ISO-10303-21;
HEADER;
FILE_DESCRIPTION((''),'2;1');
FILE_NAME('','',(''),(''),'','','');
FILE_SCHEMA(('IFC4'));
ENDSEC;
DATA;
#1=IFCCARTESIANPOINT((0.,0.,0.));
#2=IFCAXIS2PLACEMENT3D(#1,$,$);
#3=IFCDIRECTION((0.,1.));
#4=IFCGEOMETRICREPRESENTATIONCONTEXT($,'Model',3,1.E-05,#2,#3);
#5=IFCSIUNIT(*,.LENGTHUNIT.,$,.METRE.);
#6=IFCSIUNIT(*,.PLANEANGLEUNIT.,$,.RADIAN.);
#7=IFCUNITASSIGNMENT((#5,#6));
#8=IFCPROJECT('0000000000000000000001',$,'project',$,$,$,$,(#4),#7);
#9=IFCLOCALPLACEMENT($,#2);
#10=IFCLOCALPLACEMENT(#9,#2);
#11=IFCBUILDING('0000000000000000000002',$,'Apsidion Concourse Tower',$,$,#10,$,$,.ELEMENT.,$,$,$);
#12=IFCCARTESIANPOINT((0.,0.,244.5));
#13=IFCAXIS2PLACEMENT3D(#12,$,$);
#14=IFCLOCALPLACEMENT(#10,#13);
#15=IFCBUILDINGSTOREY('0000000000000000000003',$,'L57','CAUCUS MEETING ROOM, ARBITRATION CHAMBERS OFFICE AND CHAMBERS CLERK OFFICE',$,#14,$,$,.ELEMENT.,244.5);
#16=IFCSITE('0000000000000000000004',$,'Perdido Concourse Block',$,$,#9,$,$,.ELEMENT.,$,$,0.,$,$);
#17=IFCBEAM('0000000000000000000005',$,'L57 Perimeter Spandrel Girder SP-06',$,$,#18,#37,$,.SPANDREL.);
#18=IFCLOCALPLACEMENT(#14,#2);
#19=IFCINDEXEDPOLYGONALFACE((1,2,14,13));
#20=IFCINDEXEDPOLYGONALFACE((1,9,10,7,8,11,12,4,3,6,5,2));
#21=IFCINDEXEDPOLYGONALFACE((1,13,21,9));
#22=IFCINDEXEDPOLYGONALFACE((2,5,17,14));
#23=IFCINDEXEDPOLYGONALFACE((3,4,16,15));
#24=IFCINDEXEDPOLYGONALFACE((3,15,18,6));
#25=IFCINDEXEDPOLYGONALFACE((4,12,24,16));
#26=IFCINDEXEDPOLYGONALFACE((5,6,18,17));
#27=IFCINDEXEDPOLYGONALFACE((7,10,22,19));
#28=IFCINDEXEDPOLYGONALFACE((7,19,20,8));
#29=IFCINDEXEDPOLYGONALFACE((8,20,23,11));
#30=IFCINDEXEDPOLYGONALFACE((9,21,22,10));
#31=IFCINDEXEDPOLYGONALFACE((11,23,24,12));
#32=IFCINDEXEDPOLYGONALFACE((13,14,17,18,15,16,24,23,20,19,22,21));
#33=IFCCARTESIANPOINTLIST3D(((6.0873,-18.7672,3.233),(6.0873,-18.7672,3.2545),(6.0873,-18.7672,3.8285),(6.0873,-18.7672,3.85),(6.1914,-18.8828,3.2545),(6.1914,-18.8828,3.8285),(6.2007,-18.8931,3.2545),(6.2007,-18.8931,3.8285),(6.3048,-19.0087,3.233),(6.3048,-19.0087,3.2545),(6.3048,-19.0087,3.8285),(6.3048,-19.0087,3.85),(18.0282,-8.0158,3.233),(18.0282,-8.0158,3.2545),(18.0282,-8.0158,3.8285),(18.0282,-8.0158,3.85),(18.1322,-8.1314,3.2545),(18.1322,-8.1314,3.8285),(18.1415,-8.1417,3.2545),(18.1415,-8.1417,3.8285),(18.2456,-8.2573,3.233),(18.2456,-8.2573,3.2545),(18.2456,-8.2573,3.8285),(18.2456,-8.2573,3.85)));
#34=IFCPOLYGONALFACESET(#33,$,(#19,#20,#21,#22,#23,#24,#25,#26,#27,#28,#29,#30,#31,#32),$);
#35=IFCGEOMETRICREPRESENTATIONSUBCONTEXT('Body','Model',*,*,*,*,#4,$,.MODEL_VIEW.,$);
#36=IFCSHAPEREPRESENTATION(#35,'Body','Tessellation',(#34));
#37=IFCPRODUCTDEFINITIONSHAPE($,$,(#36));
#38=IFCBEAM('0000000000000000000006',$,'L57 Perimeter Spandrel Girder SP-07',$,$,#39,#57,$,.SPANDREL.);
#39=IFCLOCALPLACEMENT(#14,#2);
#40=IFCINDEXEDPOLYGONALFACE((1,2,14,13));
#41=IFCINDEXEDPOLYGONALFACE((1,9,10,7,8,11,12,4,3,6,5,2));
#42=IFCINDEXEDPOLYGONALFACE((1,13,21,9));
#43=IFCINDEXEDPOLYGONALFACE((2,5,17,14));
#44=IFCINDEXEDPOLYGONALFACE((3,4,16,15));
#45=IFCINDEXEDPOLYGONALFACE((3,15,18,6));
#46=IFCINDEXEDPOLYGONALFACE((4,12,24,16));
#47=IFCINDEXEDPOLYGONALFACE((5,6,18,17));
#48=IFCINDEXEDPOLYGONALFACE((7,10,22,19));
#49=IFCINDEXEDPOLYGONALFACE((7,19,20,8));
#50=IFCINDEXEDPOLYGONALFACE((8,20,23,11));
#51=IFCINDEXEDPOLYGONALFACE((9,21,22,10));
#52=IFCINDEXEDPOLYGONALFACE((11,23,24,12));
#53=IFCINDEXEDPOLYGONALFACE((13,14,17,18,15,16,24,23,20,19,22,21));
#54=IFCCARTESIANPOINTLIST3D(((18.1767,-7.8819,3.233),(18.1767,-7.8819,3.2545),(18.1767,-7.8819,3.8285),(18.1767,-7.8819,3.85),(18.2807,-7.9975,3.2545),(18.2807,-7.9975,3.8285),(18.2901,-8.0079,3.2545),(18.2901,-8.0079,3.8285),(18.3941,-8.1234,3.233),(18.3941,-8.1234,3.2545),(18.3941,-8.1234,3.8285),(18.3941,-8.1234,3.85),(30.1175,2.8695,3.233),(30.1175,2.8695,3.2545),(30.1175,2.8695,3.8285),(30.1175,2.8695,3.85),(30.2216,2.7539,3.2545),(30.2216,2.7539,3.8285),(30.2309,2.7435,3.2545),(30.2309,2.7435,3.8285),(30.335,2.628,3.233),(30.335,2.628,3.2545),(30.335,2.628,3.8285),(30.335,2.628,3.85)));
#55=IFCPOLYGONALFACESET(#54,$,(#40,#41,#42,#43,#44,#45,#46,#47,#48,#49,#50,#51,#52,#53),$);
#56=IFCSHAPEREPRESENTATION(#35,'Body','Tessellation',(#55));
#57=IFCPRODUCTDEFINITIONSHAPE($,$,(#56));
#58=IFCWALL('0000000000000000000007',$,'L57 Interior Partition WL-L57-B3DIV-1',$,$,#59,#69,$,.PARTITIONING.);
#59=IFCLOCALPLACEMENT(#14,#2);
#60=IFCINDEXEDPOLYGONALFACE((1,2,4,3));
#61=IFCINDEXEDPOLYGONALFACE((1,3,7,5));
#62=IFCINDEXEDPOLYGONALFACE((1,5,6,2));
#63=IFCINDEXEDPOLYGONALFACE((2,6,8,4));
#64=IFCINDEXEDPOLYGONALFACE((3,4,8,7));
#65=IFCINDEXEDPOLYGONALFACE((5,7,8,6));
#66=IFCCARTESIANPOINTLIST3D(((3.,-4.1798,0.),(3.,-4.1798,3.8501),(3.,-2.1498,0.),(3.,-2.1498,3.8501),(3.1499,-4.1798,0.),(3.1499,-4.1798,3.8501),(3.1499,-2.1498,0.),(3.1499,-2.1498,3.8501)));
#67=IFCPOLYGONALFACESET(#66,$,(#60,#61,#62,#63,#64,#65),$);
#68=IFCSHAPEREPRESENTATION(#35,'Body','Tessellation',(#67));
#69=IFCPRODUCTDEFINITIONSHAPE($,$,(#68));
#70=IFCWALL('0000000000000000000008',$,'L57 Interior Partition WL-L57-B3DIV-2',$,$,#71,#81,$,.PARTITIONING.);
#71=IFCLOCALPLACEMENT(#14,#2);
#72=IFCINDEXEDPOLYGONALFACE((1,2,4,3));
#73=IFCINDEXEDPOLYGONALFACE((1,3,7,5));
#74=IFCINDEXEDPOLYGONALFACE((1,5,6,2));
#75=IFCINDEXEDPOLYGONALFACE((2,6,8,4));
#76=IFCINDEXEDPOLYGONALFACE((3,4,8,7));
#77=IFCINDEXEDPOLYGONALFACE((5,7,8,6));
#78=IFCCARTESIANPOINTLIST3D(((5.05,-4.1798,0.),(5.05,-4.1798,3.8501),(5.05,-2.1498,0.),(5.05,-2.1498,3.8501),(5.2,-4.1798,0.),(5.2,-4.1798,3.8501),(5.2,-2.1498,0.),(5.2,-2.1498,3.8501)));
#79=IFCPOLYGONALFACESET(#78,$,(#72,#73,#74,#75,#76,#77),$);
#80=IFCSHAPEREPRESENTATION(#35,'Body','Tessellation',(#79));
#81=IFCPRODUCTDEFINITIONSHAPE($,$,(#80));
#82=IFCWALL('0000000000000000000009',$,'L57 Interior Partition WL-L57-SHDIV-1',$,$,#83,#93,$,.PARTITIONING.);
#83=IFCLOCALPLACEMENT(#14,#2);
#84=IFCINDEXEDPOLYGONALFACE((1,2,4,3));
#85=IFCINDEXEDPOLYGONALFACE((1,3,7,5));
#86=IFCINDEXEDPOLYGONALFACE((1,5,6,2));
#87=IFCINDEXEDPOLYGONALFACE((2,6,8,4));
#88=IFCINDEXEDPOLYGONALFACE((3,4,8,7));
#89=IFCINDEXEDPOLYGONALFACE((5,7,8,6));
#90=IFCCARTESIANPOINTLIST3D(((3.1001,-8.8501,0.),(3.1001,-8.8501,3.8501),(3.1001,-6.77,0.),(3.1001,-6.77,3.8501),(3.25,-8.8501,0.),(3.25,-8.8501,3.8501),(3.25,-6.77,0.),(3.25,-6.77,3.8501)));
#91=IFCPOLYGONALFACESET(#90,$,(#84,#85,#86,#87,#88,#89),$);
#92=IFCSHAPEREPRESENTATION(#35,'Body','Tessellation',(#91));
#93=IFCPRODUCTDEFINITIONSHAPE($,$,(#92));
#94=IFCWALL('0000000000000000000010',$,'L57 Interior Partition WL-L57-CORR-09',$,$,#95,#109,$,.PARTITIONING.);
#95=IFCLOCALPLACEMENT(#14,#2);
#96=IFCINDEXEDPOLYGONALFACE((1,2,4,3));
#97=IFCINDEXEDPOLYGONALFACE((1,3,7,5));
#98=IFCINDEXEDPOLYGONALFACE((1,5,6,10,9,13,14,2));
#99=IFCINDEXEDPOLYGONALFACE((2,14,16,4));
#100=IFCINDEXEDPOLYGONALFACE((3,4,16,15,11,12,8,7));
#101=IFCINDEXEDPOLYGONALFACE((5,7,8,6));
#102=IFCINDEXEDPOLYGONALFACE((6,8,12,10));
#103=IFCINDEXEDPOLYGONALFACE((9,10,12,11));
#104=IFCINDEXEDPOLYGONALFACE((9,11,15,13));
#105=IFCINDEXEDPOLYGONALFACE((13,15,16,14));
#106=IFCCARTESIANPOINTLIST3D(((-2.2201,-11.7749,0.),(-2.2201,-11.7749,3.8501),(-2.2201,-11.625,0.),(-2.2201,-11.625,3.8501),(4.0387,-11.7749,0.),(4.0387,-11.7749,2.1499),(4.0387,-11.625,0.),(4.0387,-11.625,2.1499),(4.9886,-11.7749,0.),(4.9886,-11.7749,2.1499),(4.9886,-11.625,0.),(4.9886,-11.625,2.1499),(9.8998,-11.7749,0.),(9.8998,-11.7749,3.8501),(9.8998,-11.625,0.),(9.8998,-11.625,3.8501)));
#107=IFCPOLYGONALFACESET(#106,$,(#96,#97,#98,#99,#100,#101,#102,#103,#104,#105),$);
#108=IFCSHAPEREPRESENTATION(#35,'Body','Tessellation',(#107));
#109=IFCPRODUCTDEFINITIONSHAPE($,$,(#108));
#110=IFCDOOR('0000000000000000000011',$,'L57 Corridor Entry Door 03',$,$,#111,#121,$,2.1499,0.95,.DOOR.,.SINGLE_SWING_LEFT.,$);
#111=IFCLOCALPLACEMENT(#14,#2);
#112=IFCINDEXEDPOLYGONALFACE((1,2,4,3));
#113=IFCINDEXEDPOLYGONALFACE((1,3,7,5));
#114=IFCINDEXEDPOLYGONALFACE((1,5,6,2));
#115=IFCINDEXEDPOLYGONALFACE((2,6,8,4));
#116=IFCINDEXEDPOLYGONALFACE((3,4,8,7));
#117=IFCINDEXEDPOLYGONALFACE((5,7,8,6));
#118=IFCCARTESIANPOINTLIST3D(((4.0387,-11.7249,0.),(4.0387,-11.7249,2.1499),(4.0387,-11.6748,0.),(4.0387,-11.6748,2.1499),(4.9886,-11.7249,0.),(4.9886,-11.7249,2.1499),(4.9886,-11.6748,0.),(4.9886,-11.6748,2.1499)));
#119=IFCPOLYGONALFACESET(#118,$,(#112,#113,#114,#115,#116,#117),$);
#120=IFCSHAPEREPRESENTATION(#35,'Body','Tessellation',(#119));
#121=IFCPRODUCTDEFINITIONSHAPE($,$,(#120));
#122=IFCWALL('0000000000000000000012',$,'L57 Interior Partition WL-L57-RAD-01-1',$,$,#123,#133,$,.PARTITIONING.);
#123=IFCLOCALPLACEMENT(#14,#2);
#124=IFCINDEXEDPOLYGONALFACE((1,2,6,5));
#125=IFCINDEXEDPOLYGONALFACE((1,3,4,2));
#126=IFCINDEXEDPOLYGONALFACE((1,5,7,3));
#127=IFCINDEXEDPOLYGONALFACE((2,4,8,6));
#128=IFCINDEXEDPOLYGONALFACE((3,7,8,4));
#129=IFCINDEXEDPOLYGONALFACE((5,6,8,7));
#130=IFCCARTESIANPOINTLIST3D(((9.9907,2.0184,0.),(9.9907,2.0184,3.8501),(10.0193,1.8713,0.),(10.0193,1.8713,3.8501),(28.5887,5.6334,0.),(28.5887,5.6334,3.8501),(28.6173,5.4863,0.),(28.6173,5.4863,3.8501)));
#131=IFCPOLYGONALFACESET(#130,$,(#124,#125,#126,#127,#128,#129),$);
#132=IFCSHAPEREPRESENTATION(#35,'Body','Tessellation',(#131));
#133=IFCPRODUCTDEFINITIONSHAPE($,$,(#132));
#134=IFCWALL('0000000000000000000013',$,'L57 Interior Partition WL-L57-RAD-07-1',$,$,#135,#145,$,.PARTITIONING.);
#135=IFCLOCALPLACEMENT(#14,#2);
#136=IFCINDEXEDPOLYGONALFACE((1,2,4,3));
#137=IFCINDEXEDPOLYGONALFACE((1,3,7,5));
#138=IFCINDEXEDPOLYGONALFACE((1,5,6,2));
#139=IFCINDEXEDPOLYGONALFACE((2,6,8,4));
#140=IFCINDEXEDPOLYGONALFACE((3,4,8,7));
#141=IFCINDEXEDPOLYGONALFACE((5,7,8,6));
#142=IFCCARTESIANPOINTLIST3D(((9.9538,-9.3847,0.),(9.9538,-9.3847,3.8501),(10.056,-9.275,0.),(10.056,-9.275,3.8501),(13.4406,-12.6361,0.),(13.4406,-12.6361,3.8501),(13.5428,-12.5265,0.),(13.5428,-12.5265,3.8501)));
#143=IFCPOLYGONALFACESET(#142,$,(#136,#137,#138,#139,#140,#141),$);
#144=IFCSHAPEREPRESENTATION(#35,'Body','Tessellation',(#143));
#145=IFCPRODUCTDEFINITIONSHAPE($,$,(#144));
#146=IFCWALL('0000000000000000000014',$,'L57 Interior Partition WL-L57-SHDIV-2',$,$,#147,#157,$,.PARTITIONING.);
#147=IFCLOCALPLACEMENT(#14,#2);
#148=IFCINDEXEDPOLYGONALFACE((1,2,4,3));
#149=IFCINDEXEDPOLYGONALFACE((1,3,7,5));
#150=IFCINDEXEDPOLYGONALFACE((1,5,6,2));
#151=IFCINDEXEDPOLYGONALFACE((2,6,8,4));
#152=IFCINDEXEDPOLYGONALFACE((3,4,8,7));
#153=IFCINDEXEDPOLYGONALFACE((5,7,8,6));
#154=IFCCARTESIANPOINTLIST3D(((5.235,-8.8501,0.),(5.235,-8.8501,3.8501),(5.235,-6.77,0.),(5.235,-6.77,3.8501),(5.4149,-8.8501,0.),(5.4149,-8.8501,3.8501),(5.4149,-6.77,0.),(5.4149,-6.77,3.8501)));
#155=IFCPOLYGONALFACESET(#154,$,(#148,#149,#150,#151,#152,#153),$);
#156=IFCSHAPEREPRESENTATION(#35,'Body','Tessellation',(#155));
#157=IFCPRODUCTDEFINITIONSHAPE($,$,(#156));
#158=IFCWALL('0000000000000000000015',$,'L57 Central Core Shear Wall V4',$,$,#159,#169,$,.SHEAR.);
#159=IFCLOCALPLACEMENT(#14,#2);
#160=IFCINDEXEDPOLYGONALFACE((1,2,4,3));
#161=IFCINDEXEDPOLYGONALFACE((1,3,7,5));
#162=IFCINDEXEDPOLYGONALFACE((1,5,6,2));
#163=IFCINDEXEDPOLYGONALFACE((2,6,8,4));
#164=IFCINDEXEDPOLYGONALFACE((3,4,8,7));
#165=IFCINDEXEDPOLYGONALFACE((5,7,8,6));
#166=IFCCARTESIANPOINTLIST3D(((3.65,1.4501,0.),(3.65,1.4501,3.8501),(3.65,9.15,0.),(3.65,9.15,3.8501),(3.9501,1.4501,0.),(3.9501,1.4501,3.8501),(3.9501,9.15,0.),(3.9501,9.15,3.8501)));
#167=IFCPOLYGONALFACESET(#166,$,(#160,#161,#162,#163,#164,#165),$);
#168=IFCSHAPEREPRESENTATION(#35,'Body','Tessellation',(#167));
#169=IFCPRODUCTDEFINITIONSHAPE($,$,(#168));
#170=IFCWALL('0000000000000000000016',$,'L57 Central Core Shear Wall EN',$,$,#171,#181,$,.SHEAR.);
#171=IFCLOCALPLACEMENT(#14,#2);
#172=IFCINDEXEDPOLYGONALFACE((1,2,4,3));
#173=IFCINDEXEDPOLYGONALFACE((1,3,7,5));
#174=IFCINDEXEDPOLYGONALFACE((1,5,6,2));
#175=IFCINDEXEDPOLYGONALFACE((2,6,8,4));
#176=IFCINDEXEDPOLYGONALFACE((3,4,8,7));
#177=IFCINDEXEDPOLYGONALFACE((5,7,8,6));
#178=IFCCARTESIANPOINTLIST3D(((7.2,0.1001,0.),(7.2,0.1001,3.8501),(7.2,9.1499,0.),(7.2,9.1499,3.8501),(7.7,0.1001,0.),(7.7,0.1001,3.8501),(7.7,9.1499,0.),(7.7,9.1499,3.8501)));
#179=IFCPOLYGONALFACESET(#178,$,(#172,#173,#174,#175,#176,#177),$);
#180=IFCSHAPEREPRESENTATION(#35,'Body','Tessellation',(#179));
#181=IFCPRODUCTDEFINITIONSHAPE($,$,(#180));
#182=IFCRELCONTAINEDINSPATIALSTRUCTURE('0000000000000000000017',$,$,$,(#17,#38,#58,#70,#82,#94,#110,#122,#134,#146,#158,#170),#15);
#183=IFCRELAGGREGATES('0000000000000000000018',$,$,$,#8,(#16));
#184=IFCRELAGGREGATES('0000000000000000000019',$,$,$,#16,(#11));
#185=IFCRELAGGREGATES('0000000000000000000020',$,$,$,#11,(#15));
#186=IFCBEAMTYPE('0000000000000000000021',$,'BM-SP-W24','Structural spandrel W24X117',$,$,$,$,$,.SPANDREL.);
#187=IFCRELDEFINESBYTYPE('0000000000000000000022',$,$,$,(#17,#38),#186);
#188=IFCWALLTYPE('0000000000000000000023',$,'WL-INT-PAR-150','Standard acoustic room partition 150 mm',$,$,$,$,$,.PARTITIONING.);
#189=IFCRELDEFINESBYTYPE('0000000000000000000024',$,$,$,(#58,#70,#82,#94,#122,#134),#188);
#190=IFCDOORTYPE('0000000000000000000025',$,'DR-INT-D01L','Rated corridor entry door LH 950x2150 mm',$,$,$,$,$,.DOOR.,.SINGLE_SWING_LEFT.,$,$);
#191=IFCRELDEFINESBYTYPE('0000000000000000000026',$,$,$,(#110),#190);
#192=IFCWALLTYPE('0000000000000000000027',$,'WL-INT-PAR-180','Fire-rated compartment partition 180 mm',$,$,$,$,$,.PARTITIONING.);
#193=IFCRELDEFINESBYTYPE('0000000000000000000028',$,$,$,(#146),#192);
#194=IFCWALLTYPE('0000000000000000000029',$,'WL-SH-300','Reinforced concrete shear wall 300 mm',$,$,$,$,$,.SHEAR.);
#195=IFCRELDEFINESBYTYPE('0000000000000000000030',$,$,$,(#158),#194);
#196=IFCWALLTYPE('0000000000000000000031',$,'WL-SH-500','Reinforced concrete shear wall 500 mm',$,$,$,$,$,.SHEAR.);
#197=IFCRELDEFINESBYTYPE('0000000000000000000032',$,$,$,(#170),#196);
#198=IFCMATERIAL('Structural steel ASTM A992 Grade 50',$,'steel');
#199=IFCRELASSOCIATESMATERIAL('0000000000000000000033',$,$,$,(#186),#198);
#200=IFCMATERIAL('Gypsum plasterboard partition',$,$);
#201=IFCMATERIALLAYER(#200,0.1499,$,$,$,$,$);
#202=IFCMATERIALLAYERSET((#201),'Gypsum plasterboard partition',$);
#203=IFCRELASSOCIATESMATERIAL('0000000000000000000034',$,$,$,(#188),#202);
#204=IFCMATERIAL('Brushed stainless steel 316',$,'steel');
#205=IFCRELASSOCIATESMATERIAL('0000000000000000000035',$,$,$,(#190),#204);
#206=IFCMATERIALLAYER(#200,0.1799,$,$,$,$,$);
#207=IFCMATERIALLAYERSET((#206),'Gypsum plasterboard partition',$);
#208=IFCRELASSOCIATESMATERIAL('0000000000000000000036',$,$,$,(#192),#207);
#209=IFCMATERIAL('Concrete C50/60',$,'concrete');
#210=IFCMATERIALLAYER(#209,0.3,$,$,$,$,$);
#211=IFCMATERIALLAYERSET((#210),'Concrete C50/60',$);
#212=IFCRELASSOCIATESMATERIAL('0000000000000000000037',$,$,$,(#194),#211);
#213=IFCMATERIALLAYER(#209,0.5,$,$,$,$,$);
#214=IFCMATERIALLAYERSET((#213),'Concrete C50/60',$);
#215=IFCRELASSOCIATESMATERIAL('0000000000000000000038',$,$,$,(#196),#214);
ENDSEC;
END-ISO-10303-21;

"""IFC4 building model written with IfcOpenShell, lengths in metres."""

from ifc_helpers import new_model, si_unit, direction, frame, frame_2d, origin, origin_2d, place, context, subcontext, project, spatial, rectangle, i_section, extrude, material, layer, layer_set, material_profile, profile_set, type_object, element, fill, save


model = new_model("IFC4")

# Units and contexts
model_context = context("Model", 3, precision=1e-05, world=origin(), true_north=direction((0.0, 1.0)))
body_context = subcontext(model_context, "Body", "Model", "MODEL_VIEW")
ifc_project = project(units=[si_unit("LENGTHUNIT", "METRE"), si_unit("PLANEANGLEUNIT", "RADIAN")], contexts=[model_context])

# Site, building, storey
site_placement = place(None, origin())
site = spatial("IfcSite", under=ifc_project, at=site_placement, Name="Perdido Concourse Block", CompositionType="ELEMENT", RefElevation=0.0)
building_placement = place(site_placement, origin())
building = spatial("IfcBuilding", under=site, at=building_placement, Name="Apsidion Concourse Tower", CompositionType="ELEMENT")
storey_placement = place(building_placement, frame((0.0, 0.0, 244.5)))
storey = spatial("IfcBuildingStorey", under=building, at=storey_placement, Name="L57", Description="CAUCUS MEETING ROOM, ARBITRATION CHAMBERS OFFICE AND CHAMBERS CLERK OFFICE", CompositionType="ELEMENT", Elevation=244.5)

# Shared definitions
ifc_material_1 = material(Name="Concrete C50/60", Category="concrete")
ifc_material_2 = material(Name="Structural steel ASTM A992 Grade 50", Category="steel")

# Beams
ifc_material_profile_1 = material_profile(ifc_material_2, i_section(OverallWidth=0.325, OverallDepth=0.6169, WebThickness=0.0139, FlangeThickness=0.0215, at=origin_2d()), Name="W24X117")
ifc_profile_set_1 = profile_set([ifc_material_profile_1], Name="Structural steel ASTM A992 Grade 50")
beam_type_1 = type_object("IfcBeamType", Name="BM-SP-W24", Description="Structural spandrel W24X117", PredefinedType="SPANDREL", material=ifc_profile_set_1)
for number, where, z_axis, x_axis, name in (
    (1, (6.196, -18.8879, 3.5415), (0.743151, 0.669124, 0.0), (-0.669124, 0.743151, 0.0), "L57 Perimeter Spandrel Girder SP-06"),
    (2, (18.2854, -8.0027, 3.5415), (0.743151, 0.669124, 0.0), (-0.669124, 0.743151, 0.0), "L57 Perimeter Spandrel Girder SP-07"),
):
    element("IfcBeam", number, at=place(storey_placement, frame(where, z_axis=z_axis, x_axis=x_axis)), inside=storey, type_object=beam_type_1, Name=name, PredefinedType="SPANDREL", context=body_context, shape_type="SweptSolid", body=[
        extrude(i_section(OverallWidth=0.325, OverallDepth=0.6169, WebThickness=0.0139, FlangeThickness=0.0215, at=origin_2d()), origin(), (0.0, 0.0, 1.0), 16.0679),
    ])

# Walls
ifc_material_3 = material(Name="Gypsum plasterboard partition")
ifc_layer_1 = layer(ifc_material_3, 0.1499)
ifc_layer_set_1 = layer_set([ifc_layer_1], Name="Gypsum plasterboard partition")
wall_type_1 = type_object("IfcWallType", Name="WL-INT-PAR-150", Description="Standard acoustic room partition 150 mm", PredefinedType="PARTITIONING", material=ifc_layer_set_1)
for number, where, z_axis, x_axis, name in (
    (3, (3.075, -4.1799, 0.0), (0.0, 0.0, 1.0), (0.0, 1.0, 0.0), "L57 Interior Partition WL-L57-B3DIV-1"),
    (4, (5.125, -4.1799, 0.0), (0.0, 0.0, 1.0), (0.0, 1.0, 0.0), "L57 Interior Partition WL-L57-B3DIV-2"),
):
    element("IfcWall", number, at=place(storey_placement, frame(where, z_axis=z_axis, x_axis=x_axis)), inside=storey, type_object=wall_type_1, Name=name, PredefinedType="PARTITIONING", context=body_context, shape_type="SweptSolid", body=[
        extrude(rectangle(XDim=2.03, YDim=0.1499, at=frame_2d((1.0151, 0.0))), origin(), (0.0, 0.0, 1.0), 3.8501),
    ])
wall_1_placement = place(storey_placement, frame((3.175, -8.8501, 0.0), z_axis=(0.0, 0.0, 1.0), x_axis=(0.0, 1.0, 0.0)))
element("IfcWall", 5, at=wall_1_placement, inside=storey, type_object=wall_type_1, Name="L57 Interior Partition WL-L57-SHDIV-1", PredefinedType="PARTITIONING", context=body_context, shape_type="SweptSolid", body=[
    extrude(rectangle(XDim=2.0801, YDim=0.1499, at=frame_2d((1.04, 0.0))), origin(), (0.0, 0.0, 1.0), 3.8501),
])

# Wall, opening, door
wall_2_placement = place(storey_placement, frame((9.8999, -11.7, 0.0), z_axis=(0.0, 0.0, 1.0), x_axis=(-1.0, 0.0, 0.0)))
wall_2 = element("IfcWall", 6, at=wall_2_placement, inside=storey, type_object=wall_type_1, Name="L57 Interior Partition WL-L57-CORR-09", PredefinedType="PARTITIONING", context=body_context, shape_type="SweptSolid", body=[
    extrude(rectangle(XDim=12.1199, YDim=0.1499, at=frame_2d((6.0601, 0.0))), origin(), (0.0, 0.0, 1.0), 3.8501),
])
opening_1_placement = place(wall_2_placement, frame((4.9111, 0.0, 0.0)))
opening_1 = element("IfcOpeningElement", 7, at=opening_1_placement, cuts=wall_2, PredefinedType="OPENING", context=body_context, shape_type="SweptSolid", body=[
    extrude(rectangle(XDim=0.95, YDim=2.1499, at=frame_2d((0.4751, 1.075))), frame((0.0, 0.085, 0.0), z_axis=(0.0, -1.0, 0.0), x_axis=(1.0, 0.0, 0.0)), (0.0, 0.0, 1.0), 0.1699),
])
ifc_material_4 = material(Name="Brushed stainless steel 316", Category="steel")
door_type_1 = type_object("IfcDoorType", Name="DR-INT-D01L", Description="Rated corridor entry door LH 950x2150 mm", OperationType="SINGLE_SWING_LEFT", PredefinedType="DOOR", material=ifc_material_4)
door_1_placement = place(opening_1_placement, origin())
door_1 = element("IfcDoor", 8, at=door_1_placement, inside=storey, type_object=door_type_1, Name="L57 Corridor Entry Door 03", OperationType="SINGLE_SWING_LEFT", OverallHeight=2.1499, OverallWidth=0.95, PredefinedType="DOOR", context=body_context, shape_type="SweptSolid", body=[
    extrude(rectangle(XDim=0.95, YDim=2.1499, at=frame_2d((0.4751, 1.075))), frame((0.0, 0.0249, 0.0), z_axis=(0.0, -1.0, 0.0), x_axis=(1.0, 0.0, 0.0)), (0.0, 0.0, 1.0), 0.05),
])
fill(opening_1, door_1)

# Walls
wall_3_placement = place(storey_placement, frame((10.0049, 1.9448, 0.0), z_axis=(0.0, 0.0, 1.0), x_axis=(0.981628, 0.190805, 0.0)))
element("IfcWall", 9, at=wall_3_placement, inside=storey, type_object=wall_type_1, Name="L57 Interior Partition WL-L57-RAD-01-1", PredefinedType="PARTITIONING", context=body_context, shape_type="SweptSolid", body=[
    extrude(rectangle(XDim=18.946, YDim=0.1499, at=frame_2d((9.4731, 0.0))), origin(), (0.0, 0.0, 1.0), 3.8501),
])
wall_4_placement = place(storey_placement, frame((10.0049, -9.3298, 0.0), z_axis=(0.0, 0.0, 1.0), x_axis=(0.731358, -0.681993, 0.0)))
element("IfcWall", 10, at=wall_4_placement, inside=storey, type_object=wall_type_1, Name="L57 Interior Partition WL-L57-RAD-07-1", PredefinedType="PARTITIONING", context=body_context, shape_type="SweptSolid", body=[
    extrude(rectangle(XDim=4.7676, YDim=0.1499, at=frame_2d((2.3838, 0.0))), origin(), (0.0, 0.0, 1.0), 3.8501),
])
ifc_layer_2 = layer(ifc_material_3, 0.1799)
ifc_layer_set_2 = layer_set([ifc_layer_2], Name="Gypsum plasterboard partition")
wall_type_2 = type_object("IfcWallType", Name="WL-INT-PAR-180", Description="Fire-rated compartment partition 180 mm", PredefinedType="PARTITIONING", material=ifc_layer_set_2)
wall_5_placement = place(storey_placement, frame((5.325, -8.8501, 0.0), z_axis=(0.0, 0.0, 1.0), x_axis=(0.0, 1.0, 0.0)))
element("IfcWall", 11, at=wall_5_placement, inside=storey, type_object=wall_type_2, Name="L57 Interior Partition WL-L57-SHDIV-2", PredefinedType="PARTITIONING", context=body_context, shape_type="SweptSolid", body=[
    extrude(rectangle(XDim=2.0801, YDim=0.1799, at=frame_2d((1.04, 0.0))), origin(), (0.0, 0.0, 1.0), 3.8501),
])
ifc_layer_3 = layer(ifc_material_1, 0.3)
ifc_layer_set_3 = layer_set([ifc_layer_3], Name="Concrete C50/60")
wall_type_3 = type_object("IfcWallType", Name="WL-SH-300", Description="Reinforced concrete shear wall 300 mm", PredefinedType="SHEAR", material=ifc_layer_set_3)
wall_6_placement = place(storey_placement, frame((3.8, 1.45, 0.0), z_axis=(0.0, 0.0, 1.0), x_axis=(0.0, 1.0, 0.0)))
element("IfcWall", 12, at=wall_6_placement, inside=storey, type_object=wall_type_3, Name="L57 Central Core Shear Wall V4", PredefinedType="SHEAR", context=body_context, shape_type="SweptSolid", body=[
    extrude(rectangle(XDim=7.7, YDim=0.3, at=frame_2d((3.8501, 0.0))), origin(), (0.0, 0.0, 1.0), 3.8501),
])
ifc_layer_4 = layer(ifc_material_1, 0.5)
ifc_layer_set_4 = layer_set([ifc_layer_4], Name="Concrete C50/60")
wall_type_4 = type_object("IfcWallType", Name="WL-SH-500", Description="Reinforced concrete shear wall 500 mm", PredefinedType="SHEAR", material=ifc_layer_set_4)
wall_7_placement = place(storey_placement, frame((7.45, 0.1001, 0.0), z_axis=(0.0, 0.0, 1.0), x_axis=(0.0, 1.0, 0.0)))
element("IfcWall", 13, at=wall_7_placement, inside=storey, type_object=wall_type_4, Name="L57 Central Core Shear Wall EN", PredefinedType="SHEAR", context=body_context, shape_type="SweptSolid", body=[
    extrude(rectangle(XDim=9.0498, YDim=0.5, at=frame_2d((4.5249, 0.0))), origin(), (0.0, 0.0, 1.0), 3.8501),
])

save(model, "model.ifc")
